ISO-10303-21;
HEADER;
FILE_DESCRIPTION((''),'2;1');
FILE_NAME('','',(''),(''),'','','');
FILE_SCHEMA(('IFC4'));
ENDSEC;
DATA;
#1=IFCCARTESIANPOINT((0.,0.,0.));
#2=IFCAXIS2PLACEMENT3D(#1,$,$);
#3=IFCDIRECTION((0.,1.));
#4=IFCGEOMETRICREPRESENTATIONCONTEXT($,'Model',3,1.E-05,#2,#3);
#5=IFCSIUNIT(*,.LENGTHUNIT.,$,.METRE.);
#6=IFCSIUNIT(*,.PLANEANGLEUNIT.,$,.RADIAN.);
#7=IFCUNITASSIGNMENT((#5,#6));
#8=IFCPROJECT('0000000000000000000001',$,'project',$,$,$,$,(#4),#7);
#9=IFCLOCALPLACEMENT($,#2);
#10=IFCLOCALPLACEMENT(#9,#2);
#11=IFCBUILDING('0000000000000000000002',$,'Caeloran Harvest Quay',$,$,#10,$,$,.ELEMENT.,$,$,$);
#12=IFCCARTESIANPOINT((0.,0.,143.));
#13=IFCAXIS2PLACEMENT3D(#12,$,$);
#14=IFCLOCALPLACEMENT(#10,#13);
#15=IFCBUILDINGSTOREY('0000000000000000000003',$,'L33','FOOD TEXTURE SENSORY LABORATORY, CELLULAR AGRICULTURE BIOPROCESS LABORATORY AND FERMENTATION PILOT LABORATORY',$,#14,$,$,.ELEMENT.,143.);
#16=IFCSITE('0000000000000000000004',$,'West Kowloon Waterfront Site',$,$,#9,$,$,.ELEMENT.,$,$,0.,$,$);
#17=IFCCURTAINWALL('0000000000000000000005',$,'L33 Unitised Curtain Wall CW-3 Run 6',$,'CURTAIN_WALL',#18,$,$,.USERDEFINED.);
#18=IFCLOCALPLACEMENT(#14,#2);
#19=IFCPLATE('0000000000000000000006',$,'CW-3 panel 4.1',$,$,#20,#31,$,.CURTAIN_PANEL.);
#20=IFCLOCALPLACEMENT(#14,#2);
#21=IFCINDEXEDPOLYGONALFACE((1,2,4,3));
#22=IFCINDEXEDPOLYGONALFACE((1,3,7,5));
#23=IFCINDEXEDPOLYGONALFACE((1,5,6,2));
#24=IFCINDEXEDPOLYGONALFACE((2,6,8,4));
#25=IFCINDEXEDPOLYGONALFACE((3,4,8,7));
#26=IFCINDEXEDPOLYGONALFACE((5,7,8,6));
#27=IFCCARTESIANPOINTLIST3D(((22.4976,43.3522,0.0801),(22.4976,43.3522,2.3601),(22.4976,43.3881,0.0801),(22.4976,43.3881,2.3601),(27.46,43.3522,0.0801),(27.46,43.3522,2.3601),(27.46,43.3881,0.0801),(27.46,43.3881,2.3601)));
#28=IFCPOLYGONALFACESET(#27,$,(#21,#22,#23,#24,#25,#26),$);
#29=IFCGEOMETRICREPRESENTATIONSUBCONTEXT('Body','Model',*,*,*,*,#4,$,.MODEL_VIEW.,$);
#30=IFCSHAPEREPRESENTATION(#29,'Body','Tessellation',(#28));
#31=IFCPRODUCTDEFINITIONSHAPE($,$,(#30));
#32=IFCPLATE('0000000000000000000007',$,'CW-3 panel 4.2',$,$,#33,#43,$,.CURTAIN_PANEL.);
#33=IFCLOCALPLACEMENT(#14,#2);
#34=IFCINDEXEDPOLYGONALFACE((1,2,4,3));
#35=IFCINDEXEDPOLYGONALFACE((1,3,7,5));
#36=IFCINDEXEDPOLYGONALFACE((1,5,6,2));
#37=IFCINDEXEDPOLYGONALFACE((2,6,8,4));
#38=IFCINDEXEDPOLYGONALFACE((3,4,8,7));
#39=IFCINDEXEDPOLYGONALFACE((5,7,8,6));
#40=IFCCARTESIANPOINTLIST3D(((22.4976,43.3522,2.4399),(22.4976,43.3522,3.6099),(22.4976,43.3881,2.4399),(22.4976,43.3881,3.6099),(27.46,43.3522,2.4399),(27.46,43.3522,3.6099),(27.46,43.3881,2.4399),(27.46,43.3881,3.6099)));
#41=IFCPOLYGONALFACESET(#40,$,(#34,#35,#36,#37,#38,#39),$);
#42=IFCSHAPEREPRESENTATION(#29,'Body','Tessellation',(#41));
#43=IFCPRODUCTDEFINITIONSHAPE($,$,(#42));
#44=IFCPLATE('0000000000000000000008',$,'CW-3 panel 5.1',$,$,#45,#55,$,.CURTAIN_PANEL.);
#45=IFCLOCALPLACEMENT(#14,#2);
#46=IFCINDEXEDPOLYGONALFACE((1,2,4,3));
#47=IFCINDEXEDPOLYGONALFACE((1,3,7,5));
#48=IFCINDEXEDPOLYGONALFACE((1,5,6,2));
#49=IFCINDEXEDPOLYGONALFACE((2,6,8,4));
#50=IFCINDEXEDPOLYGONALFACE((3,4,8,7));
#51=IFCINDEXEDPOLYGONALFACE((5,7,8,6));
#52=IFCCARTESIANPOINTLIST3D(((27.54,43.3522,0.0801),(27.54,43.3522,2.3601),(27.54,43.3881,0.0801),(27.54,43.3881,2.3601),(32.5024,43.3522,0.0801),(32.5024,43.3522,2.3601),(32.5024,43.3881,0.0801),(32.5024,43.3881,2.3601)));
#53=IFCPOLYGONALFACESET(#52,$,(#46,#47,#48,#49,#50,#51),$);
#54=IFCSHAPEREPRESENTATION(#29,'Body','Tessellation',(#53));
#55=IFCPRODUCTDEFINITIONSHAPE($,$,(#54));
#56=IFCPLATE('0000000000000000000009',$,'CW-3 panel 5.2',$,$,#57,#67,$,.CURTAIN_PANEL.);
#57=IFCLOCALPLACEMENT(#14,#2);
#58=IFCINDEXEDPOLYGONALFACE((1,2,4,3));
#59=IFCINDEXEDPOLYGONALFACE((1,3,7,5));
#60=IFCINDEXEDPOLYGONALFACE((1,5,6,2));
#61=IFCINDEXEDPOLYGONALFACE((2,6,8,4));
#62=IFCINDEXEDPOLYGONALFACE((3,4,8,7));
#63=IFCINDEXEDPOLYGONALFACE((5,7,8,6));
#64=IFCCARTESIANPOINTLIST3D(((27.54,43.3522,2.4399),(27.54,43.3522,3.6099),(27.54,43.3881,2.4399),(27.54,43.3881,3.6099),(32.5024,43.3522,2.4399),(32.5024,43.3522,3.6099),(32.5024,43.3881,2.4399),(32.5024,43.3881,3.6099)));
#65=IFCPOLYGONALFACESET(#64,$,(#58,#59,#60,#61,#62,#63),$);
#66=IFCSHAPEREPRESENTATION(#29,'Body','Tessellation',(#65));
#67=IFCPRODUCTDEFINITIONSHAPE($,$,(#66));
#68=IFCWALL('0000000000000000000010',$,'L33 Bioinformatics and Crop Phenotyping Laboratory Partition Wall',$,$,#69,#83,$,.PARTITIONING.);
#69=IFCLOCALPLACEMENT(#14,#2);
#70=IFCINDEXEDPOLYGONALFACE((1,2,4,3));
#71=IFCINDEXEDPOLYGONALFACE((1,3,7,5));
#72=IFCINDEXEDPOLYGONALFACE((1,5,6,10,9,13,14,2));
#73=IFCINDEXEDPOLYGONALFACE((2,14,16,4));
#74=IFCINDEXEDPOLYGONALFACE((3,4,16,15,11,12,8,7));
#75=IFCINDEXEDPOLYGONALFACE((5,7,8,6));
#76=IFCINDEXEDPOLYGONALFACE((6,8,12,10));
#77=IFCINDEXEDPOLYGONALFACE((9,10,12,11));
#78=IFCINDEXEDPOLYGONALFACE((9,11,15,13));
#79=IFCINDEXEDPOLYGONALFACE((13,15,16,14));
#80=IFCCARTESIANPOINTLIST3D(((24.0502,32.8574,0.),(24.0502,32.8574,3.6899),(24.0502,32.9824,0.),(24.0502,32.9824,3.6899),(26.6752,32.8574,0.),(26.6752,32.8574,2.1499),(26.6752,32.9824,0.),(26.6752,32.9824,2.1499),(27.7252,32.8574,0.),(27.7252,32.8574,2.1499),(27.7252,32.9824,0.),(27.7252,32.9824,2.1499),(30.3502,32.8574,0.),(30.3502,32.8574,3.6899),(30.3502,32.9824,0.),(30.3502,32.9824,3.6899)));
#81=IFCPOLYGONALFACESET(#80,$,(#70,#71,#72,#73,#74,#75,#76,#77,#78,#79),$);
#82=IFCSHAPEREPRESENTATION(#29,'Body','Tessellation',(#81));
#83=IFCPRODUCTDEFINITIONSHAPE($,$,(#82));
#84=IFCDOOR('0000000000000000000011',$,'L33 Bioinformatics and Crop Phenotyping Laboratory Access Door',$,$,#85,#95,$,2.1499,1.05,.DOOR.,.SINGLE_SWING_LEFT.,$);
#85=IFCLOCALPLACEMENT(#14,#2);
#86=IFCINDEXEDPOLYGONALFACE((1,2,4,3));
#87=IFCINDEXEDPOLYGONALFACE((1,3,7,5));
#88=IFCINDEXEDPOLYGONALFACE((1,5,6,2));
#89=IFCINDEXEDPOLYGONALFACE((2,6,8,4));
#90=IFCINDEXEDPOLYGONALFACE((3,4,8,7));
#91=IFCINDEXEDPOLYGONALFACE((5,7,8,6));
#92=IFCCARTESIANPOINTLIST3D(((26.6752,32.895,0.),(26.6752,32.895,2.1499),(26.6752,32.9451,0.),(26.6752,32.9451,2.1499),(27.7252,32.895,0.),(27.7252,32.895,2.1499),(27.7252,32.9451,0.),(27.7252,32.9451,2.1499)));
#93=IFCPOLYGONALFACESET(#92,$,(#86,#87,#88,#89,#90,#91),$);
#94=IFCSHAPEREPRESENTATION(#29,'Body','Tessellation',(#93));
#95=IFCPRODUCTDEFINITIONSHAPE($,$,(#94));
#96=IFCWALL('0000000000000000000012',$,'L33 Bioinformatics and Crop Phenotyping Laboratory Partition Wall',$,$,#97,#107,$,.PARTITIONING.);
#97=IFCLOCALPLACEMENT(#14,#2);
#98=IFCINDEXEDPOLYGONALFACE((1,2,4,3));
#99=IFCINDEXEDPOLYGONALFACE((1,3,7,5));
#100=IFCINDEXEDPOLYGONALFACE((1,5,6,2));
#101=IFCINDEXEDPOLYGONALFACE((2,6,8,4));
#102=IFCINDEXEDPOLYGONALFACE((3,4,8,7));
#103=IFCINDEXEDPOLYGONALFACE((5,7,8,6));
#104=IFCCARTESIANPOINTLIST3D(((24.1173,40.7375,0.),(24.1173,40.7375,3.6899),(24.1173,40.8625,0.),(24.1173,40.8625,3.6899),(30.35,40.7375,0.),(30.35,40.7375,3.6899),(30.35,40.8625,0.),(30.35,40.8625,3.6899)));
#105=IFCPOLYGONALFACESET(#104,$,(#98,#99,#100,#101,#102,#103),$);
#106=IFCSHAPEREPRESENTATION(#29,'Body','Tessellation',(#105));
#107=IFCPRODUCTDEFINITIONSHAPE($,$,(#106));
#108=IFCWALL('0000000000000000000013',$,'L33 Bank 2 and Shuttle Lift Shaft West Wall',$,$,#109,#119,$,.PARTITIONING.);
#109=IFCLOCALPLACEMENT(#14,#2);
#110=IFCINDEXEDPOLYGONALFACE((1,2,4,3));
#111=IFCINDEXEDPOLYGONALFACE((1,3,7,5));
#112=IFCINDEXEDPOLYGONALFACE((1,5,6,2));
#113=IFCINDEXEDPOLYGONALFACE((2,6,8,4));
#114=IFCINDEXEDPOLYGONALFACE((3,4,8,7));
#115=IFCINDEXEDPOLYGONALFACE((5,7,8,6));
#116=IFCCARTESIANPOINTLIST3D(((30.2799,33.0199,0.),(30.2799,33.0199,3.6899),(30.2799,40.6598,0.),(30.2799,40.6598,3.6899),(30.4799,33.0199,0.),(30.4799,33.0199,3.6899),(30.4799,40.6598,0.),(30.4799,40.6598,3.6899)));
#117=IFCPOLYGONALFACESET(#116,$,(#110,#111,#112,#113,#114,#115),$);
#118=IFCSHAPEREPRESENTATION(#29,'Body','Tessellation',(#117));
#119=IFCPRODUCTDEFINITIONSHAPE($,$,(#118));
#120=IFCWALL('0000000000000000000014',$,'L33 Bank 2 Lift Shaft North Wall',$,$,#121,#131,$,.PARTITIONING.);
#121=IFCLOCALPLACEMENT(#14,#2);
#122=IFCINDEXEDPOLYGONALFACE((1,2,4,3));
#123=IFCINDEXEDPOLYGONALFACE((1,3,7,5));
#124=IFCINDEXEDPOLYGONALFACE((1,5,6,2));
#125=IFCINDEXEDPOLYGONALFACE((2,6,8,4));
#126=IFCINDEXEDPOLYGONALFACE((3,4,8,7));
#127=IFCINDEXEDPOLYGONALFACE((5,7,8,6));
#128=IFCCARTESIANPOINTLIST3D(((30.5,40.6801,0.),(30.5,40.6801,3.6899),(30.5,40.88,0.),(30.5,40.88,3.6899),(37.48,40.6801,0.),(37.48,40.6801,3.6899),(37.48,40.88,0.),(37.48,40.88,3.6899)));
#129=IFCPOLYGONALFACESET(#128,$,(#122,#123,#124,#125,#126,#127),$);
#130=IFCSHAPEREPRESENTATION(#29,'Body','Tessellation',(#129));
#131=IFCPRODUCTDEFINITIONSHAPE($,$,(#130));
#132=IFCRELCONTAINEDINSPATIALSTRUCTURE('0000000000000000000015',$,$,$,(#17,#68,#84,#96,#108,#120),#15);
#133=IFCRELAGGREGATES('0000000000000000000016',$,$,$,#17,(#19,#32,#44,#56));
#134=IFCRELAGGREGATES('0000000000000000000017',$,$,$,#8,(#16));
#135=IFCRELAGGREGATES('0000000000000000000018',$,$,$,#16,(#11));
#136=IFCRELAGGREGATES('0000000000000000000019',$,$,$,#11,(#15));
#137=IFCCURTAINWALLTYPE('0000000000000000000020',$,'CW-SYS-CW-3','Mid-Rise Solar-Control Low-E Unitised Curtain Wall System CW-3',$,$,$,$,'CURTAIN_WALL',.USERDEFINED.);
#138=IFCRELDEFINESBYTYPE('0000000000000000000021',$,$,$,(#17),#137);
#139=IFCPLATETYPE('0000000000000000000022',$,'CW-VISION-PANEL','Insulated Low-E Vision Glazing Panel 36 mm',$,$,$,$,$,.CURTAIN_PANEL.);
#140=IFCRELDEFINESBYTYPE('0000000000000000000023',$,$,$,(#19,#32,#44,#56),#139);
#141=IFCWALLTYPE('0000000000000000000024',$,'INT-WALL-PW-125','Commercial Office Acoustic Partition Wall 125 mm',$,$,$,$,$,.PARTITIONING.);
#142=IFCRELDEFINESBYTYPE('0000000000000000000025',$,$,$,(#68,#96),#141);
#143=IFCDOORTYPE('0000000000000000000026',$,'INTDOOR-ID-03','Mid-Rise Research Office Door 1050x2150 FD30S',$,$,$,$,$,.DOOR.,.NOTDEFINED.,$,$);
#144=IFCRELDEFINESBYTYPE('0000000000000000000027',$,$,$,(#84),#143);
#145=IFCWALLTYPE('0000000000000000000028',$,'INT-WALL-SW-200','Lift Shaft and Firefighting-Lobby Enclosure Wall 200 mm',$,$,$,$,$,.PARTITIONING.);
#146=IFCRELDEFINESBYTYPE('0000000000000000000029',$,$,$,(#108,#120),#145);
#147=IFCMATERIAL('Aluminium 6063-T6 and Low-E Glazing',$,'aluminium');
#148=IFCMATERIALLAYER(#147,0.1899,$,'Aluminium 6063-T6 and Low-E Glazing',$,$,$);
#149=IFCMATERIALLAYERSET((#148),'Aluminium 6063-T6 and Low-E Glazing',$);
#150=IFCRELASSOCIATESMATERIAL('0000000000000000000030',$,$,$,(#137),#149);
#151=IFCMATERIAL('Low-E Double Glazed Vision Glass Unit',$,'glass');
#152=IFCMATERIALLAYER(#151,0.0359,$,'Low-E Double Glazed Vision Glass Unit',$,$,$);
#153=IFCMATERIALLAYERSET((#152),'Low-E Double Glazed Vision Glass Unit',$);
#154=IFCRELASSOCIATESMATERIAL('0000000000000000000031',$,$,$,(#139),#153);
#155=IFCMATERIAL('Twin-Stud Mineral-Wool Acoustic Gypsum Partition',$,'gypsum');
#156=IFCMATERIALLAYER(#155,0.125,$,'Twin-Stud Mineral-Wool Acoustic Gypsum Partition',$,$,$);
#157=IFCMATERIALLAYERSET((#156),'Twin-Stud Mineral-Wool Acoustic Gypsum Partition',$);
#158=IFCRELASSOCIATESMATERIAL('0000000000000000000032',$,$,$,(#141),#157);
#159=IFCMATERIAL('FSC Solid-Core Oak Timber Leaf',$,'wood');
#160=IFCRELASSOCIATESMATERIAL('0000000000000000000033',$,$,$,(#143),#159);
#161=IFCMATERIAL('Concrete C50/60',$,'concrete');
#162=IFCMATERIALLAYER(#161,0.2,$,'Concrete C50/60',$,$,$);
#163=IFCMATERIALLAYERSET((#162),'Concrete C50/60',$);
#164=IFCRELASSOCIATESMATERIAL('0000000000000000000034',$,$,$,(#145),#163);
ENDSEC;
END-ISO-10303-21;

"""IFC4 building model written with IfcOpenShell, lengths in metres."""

from ifc_helpers import new_model, si_unit, direction, frame, frame_2d, origin, origin_2d, place, context, subcontext, project, spatial, rectangle, extrude, material, layer, layer_set, type_object, element, fill, aggregate, save


model = new_model("IFC4")

# Units and contexts
model_context = context("Model", 3, precision=1e-05, world=origin(), true_north=direction((0.0, 1.0)))
body_context = subcontext(model_context, "Body", "Model", "MODEL_VIEW")
ifc_project = project(units=[si_unit("LENGTHUNIT", "METRE"), si_unit("PLANEANGLEUNIT", "RADIAN")], contexts=[model_context])

# Site, building, storey
site_placement = place(None, origin())
site = spatial("IfcSite", under=ifc_project, at=site_placement, Name="West Kowloon Waterfront Site", CompositionType="ELEMENT", RefElevation=0.0)
building_placement = place(site_placement, origin())
building = spatial("IfcBuilding", under=site, at=building_placement, Name="Caeloran Harvest Quay", CompositionType="ELEMENT")
storey_placement = place(building_placement, frame((0.0, 0.0, 143.0)))
storey = spatial("IfcBuildingStorey", under=building, at=storey_placement, Name="L33", Description="FOOD TEXTURE SENSORY LABORATORY, CELLULAR AGRICULTURE BIOPROCESS LABORATORY AND FERMENTATION PILOT LABORATORY", CompositionType="ELEMENT", Elevation=143.0)

# Curtain wall, plates
ifc_material_1 = material(Name="Aluminium 6063-T6 and Low-E Glazing", Category="aluminium")
ifc_layer_1 = layer(ifc_material_1, 0.1899, Name="Aluminium 6063-T6 and Low-E Glazing")
ifc_layer_set_1 = layer_set([ifc_layer_1], Name="Aluminium 6063-T6 and Low-E Glazing")
curtain_wall_type = type_object("IfcCurtainWallType", Name="CW-SYS-CW-3", Description="Mid-Rise Solar-Control Low-E Unitised Curtain Wall System CW-3", ElementType="CURTAIN_WALL", PredefinedType="USERDEFINED", material=ifc_layer_set_1)
curtain_wall_placement = place(storey_placement, origin())
curtain_wall = element("IfcCurtainWall", 1, at=curtain_wall_placement, inside=storey, type_object=curtain_wall_type, Name="L33 Unitised Curtain Wall CW-3 Run 6", ObjectType="CURTAIN_WALL", PredefinedType="USERDEFINED")
ifc_material_2 = material(Name="Low-E Double Glazed Vision Glass Unit", Category="glass")
ifc_layer_2 = layer(ifc_material_2, 0.0359, Name="Low-E Double Glazed Vision Glass Unit")
ifc_layer_set_2 = layer_set([ifc_layer_2], Name="Low-E Double Glazed Vision Glass Unit")
plate_type = type_object("IfcPlateType", Name="CW-VISION-PANEL", Description="Insulated Low-E Vision Glazing Panel 36 mm", PredefinedType="CURTAIN_PANEL", material=ifc_layer_set_2)
plate_1_placement = place(storey_placement, frame((24.9788, 43.3701, 0.0801), z_axis=(0.0, 0.0, 1.0), x_axis=(1.0, 0.0, 0.0)))
plate_1 = element("IfcPlate", 2, at=plate_1_placement, type_object=plate_type, Name="CW-3 panel 4.1", PredefinedType="CURTAIN_PANEL", context=body_context, shape_type="SweptSolid", body=[
    extrude(rectangle(XDim=4.9624, YDim=0.0359, at=origin_2d()), origin(), (0.0, 0.0, 1.0), 2.28),
])
plate_2_placement = place(storey_placement, frame((24.9788, 43.3701, 2.4399), z_axis=(0.0, 0.0, 1.0), x_axis=(1.0, 0.0, 0.0)))
plate_2 = element("IfcPlate", 3, at=plate_2_placement, type_object=plate_type, Name="CW-3 panel 4.2", PredefinedType="CURTAIN_PANEL", context=body_context, shape_type="SweptSolid", body=[
    extrude(rectangle(XDim=4.9624, YDim=0.0359, at=origin_2d()), origin(), (0.0, 0.0, 1.0), 1.1699),
])
plate_3_placement = place(storey_placement, frame((30.0212, 43.3701, 0.0801), z_axis=(0.0, 0.0, 1.0), x_axis=(1.0, 0.0, 0.0)))
plate_3 = element("IfcPlate", 4, at=plate_3_placement, type_object=plate_type, Name="CW-3 panel 5.1", PredefinedType="CURTAIN_PANEL", context=body_context, shape_type="SweptSolid", body=[
    extrude(rectangle(XDim=4.9624, YDim=0.0359, at=origin_2d()), origin(), (0.0, 0.0, 1.0), 2.28),
])
plate_4_placement = place(storey_placement, frame((30.0212, 43.3701, 2.4399), z_axis=(0.0, 0.0, 1.0), x_axis=(1.0, 0.0, 0.0)))
plate_4 = element("IfcPlate", 5, at=plate_4_placement, type_object=plate_type, Name="CW-3 panel 5.2", PredefinedType="CURTAIN_PANEL", context=body_context, shape_type="SweptSolid", body=[
    extrude(rectangle(XDim=4.9624, YDim=0.0359, at=origin_2d()), origin(), (0.0, 0.0, 1.0), 1.1699),
])
aggregate(curtain_wall, [plate_1, plate_2, plate_3, plate_4])

# Wall, opening, door
ifc_material_3 = material(Name="Twin-Stud Mineral-Wool Acoustic Gypsum Partition", Category="gypsum")
ifc_layer_3 = layer(ifc_material_3, 0.125, Name="Twin-Stud Mineral-Wool Acoustic Gypsum Partition")
ifc_layer_set_3 = layer_set([ifc_layer_3], Name="Twin-Stud Mineral-Wool Acoustic Gypsum Partition")
wall_type_1 = type_object("IfcWallType", Name="INT-WALL-PW-125", Description="Commercial Office Acoustic Partition Wall 125 mm", PredefinedType="PARTITIONING", material=ifc_layer_set_3)
wall_1_placement = place(storey_placement, frame((30.3501, 32.9199, 0.0), z_axis=(0.0, 0.0, 1.0), x_axis=(-1.0, 0.0, 0.0)))
wall_1 = element("IfcWall", 6, at=wall_1_placement, inside=storey, type_object=wall_type_1, Name="L33 Bioinformatics and Crop Phenotyping Laboratory Partition Wall", PredefinedType="PARTITIONING", context=body_context, shape_type="SweptSolid", body=[
    extrude(rectangle(XDim=6.3, YDim=0.125, at=frame_2d((3.1499, 0.0))), origin(), (0.0, 0.0, 1.0), 3.6899),
])
opening_1_placement = place(wall_1_placement, frame((2.625, 0.0, 0.0)))
opening_1 = element("IfcOpeningElement", 7, at=opening_1_placement, cuts=wall_1, PredefinedType="OPENING", context=body_context, shape_type="SweptSolid", body=[
    extrude(rectangle(XDim=1.05, YDim=2.1499, at=frame_2d((0.5249, 1.075))), frame((0.0, 0.0725, 0.0), z_axis=(0.0, -1.0, 0.0), x_axis=(1.0, 0.0, 0.0)), (0.0, 0.0, 1.0), 0.145),
])
ifc_material_4 = material(Name="FSC Solid-Core Oak Timber Leaf", Category="wood")
door_type_1 = type_object("IfcDoorType", Name="INTDOOR-ID-03", Description="Mid-Rise Research Office Door 1050x2150 FD30S", OperationType="NOTDEFINED", PredefinedType="DOOR", material=ifc_material_4)
door_1_placement = place(opening_1_placement, origin())
door_1 = element("IfcDoor", 8, at=door_1_placement, inside=storey, type_object=door_type_1, Name="L33 Bioinformatics and Crop Phenotyping Laboratory Access Door", OperationType="SINGLE_SWING_LEFT", OverallHeight=2.1499, OverallWidth=1.05, PredefinedType="DOOR", context=body_context, shape_type="SweptSolid", body=[
    extrude(rectangle(XDim=1.05, YDim=2.1499, at=frame_2d((0.5249, 1.075))), frame((0.0, 0.0249, 0.0), z_axis=(0.0, -1.0, 0.0), x_axis=(1.0, 0.0, 0.0)), (0.0, 0.0, 1.0), 0.05),
])
fill(opening_1, door_1)

# Walls
wall_2_placement = place(storey_placement, frame((24.1174, 40.8, 0.0), z_axis=(0.0, 0.0, 1.0), x_axis=(1.0, 0.0, 0.0)))
element("IfcWall", 9, at=wall_2_placement, inside=storey, type_object=wall_type_1, Name="L33 Bioinformatics and Crop Phenotyping Laboratory Partition Wall", PredefinedType="PARTITIONING", context=body_context, shape_type="SweptSolid", body=[
    extrude(rectangle(XDim=6.2327, YDim=0.125, at=frame_2d((3.1162, 0.0))), origin(), (0.0, 0.0, 1.0), 3.6899),
])
ifc_material_5 = material(Name="Concrete C50/60", Category="concrete")
ifc_layer_4 = layer(ifc_material_5, 0.2, Name="Concrete C50/60")
ifc_layer_set_4 = layer_set([ifc_layer_4], Name="Concrete C50/60")
wall_type_2 = type_object("IfcWallType", Name="INT-WALL-SW-200", Description="Lift Shaft and Firefighting-Lobby Enclosure Wall 200 mm", PredefinedType="PARTITIONING", material=ifc_layer_set_4)
wall_3_placement = place(storey_placement, frame((30.3799, 33.02, 0.0), z_axis=(0.0, 0.0, 1.0), x_axis=(0.0, 1.0, 0.0)))
element("IfcWall", 10, at=wall_3_placement, inside=storey, type_object=wall_type_2, Name="L33 Bank 2 and Shuttle Lift Shaft West Wall", PredefinedType="PARTITIONING", context=body_context, shape_type="SweptSolid", body=[
    extrude(rectangle(XDim=7.6399, YDim=0.2, at=frame_2d((3.8198, 0.0))), origin(), (0.0, 0.0, 1.0), 3.6899),
])
wall_4_placement = place(storey_placement, frame((30.5, 40.78, 0.0), z_axis=(0.0, 0.0, 1.0), x_axis=(1.0, 0.0, 0.0)))
element("IfcWall", 11, at=wall_4_placement, inside=storey, type_object=wall_type_2, Name="L33 Bank 2 Lift Shaft North Wall", PredefinedType="PARTITIONING", context=body_context, shape_type="SweptSolid", body=[
    extrude(rectangle(XDim=6.98, YDim=0.2, at=frame_2d((3.49, 0.0))), origin(), (0.0, 0.0, 1.0), 3.6899),
])

save(model, "model.ifc")
